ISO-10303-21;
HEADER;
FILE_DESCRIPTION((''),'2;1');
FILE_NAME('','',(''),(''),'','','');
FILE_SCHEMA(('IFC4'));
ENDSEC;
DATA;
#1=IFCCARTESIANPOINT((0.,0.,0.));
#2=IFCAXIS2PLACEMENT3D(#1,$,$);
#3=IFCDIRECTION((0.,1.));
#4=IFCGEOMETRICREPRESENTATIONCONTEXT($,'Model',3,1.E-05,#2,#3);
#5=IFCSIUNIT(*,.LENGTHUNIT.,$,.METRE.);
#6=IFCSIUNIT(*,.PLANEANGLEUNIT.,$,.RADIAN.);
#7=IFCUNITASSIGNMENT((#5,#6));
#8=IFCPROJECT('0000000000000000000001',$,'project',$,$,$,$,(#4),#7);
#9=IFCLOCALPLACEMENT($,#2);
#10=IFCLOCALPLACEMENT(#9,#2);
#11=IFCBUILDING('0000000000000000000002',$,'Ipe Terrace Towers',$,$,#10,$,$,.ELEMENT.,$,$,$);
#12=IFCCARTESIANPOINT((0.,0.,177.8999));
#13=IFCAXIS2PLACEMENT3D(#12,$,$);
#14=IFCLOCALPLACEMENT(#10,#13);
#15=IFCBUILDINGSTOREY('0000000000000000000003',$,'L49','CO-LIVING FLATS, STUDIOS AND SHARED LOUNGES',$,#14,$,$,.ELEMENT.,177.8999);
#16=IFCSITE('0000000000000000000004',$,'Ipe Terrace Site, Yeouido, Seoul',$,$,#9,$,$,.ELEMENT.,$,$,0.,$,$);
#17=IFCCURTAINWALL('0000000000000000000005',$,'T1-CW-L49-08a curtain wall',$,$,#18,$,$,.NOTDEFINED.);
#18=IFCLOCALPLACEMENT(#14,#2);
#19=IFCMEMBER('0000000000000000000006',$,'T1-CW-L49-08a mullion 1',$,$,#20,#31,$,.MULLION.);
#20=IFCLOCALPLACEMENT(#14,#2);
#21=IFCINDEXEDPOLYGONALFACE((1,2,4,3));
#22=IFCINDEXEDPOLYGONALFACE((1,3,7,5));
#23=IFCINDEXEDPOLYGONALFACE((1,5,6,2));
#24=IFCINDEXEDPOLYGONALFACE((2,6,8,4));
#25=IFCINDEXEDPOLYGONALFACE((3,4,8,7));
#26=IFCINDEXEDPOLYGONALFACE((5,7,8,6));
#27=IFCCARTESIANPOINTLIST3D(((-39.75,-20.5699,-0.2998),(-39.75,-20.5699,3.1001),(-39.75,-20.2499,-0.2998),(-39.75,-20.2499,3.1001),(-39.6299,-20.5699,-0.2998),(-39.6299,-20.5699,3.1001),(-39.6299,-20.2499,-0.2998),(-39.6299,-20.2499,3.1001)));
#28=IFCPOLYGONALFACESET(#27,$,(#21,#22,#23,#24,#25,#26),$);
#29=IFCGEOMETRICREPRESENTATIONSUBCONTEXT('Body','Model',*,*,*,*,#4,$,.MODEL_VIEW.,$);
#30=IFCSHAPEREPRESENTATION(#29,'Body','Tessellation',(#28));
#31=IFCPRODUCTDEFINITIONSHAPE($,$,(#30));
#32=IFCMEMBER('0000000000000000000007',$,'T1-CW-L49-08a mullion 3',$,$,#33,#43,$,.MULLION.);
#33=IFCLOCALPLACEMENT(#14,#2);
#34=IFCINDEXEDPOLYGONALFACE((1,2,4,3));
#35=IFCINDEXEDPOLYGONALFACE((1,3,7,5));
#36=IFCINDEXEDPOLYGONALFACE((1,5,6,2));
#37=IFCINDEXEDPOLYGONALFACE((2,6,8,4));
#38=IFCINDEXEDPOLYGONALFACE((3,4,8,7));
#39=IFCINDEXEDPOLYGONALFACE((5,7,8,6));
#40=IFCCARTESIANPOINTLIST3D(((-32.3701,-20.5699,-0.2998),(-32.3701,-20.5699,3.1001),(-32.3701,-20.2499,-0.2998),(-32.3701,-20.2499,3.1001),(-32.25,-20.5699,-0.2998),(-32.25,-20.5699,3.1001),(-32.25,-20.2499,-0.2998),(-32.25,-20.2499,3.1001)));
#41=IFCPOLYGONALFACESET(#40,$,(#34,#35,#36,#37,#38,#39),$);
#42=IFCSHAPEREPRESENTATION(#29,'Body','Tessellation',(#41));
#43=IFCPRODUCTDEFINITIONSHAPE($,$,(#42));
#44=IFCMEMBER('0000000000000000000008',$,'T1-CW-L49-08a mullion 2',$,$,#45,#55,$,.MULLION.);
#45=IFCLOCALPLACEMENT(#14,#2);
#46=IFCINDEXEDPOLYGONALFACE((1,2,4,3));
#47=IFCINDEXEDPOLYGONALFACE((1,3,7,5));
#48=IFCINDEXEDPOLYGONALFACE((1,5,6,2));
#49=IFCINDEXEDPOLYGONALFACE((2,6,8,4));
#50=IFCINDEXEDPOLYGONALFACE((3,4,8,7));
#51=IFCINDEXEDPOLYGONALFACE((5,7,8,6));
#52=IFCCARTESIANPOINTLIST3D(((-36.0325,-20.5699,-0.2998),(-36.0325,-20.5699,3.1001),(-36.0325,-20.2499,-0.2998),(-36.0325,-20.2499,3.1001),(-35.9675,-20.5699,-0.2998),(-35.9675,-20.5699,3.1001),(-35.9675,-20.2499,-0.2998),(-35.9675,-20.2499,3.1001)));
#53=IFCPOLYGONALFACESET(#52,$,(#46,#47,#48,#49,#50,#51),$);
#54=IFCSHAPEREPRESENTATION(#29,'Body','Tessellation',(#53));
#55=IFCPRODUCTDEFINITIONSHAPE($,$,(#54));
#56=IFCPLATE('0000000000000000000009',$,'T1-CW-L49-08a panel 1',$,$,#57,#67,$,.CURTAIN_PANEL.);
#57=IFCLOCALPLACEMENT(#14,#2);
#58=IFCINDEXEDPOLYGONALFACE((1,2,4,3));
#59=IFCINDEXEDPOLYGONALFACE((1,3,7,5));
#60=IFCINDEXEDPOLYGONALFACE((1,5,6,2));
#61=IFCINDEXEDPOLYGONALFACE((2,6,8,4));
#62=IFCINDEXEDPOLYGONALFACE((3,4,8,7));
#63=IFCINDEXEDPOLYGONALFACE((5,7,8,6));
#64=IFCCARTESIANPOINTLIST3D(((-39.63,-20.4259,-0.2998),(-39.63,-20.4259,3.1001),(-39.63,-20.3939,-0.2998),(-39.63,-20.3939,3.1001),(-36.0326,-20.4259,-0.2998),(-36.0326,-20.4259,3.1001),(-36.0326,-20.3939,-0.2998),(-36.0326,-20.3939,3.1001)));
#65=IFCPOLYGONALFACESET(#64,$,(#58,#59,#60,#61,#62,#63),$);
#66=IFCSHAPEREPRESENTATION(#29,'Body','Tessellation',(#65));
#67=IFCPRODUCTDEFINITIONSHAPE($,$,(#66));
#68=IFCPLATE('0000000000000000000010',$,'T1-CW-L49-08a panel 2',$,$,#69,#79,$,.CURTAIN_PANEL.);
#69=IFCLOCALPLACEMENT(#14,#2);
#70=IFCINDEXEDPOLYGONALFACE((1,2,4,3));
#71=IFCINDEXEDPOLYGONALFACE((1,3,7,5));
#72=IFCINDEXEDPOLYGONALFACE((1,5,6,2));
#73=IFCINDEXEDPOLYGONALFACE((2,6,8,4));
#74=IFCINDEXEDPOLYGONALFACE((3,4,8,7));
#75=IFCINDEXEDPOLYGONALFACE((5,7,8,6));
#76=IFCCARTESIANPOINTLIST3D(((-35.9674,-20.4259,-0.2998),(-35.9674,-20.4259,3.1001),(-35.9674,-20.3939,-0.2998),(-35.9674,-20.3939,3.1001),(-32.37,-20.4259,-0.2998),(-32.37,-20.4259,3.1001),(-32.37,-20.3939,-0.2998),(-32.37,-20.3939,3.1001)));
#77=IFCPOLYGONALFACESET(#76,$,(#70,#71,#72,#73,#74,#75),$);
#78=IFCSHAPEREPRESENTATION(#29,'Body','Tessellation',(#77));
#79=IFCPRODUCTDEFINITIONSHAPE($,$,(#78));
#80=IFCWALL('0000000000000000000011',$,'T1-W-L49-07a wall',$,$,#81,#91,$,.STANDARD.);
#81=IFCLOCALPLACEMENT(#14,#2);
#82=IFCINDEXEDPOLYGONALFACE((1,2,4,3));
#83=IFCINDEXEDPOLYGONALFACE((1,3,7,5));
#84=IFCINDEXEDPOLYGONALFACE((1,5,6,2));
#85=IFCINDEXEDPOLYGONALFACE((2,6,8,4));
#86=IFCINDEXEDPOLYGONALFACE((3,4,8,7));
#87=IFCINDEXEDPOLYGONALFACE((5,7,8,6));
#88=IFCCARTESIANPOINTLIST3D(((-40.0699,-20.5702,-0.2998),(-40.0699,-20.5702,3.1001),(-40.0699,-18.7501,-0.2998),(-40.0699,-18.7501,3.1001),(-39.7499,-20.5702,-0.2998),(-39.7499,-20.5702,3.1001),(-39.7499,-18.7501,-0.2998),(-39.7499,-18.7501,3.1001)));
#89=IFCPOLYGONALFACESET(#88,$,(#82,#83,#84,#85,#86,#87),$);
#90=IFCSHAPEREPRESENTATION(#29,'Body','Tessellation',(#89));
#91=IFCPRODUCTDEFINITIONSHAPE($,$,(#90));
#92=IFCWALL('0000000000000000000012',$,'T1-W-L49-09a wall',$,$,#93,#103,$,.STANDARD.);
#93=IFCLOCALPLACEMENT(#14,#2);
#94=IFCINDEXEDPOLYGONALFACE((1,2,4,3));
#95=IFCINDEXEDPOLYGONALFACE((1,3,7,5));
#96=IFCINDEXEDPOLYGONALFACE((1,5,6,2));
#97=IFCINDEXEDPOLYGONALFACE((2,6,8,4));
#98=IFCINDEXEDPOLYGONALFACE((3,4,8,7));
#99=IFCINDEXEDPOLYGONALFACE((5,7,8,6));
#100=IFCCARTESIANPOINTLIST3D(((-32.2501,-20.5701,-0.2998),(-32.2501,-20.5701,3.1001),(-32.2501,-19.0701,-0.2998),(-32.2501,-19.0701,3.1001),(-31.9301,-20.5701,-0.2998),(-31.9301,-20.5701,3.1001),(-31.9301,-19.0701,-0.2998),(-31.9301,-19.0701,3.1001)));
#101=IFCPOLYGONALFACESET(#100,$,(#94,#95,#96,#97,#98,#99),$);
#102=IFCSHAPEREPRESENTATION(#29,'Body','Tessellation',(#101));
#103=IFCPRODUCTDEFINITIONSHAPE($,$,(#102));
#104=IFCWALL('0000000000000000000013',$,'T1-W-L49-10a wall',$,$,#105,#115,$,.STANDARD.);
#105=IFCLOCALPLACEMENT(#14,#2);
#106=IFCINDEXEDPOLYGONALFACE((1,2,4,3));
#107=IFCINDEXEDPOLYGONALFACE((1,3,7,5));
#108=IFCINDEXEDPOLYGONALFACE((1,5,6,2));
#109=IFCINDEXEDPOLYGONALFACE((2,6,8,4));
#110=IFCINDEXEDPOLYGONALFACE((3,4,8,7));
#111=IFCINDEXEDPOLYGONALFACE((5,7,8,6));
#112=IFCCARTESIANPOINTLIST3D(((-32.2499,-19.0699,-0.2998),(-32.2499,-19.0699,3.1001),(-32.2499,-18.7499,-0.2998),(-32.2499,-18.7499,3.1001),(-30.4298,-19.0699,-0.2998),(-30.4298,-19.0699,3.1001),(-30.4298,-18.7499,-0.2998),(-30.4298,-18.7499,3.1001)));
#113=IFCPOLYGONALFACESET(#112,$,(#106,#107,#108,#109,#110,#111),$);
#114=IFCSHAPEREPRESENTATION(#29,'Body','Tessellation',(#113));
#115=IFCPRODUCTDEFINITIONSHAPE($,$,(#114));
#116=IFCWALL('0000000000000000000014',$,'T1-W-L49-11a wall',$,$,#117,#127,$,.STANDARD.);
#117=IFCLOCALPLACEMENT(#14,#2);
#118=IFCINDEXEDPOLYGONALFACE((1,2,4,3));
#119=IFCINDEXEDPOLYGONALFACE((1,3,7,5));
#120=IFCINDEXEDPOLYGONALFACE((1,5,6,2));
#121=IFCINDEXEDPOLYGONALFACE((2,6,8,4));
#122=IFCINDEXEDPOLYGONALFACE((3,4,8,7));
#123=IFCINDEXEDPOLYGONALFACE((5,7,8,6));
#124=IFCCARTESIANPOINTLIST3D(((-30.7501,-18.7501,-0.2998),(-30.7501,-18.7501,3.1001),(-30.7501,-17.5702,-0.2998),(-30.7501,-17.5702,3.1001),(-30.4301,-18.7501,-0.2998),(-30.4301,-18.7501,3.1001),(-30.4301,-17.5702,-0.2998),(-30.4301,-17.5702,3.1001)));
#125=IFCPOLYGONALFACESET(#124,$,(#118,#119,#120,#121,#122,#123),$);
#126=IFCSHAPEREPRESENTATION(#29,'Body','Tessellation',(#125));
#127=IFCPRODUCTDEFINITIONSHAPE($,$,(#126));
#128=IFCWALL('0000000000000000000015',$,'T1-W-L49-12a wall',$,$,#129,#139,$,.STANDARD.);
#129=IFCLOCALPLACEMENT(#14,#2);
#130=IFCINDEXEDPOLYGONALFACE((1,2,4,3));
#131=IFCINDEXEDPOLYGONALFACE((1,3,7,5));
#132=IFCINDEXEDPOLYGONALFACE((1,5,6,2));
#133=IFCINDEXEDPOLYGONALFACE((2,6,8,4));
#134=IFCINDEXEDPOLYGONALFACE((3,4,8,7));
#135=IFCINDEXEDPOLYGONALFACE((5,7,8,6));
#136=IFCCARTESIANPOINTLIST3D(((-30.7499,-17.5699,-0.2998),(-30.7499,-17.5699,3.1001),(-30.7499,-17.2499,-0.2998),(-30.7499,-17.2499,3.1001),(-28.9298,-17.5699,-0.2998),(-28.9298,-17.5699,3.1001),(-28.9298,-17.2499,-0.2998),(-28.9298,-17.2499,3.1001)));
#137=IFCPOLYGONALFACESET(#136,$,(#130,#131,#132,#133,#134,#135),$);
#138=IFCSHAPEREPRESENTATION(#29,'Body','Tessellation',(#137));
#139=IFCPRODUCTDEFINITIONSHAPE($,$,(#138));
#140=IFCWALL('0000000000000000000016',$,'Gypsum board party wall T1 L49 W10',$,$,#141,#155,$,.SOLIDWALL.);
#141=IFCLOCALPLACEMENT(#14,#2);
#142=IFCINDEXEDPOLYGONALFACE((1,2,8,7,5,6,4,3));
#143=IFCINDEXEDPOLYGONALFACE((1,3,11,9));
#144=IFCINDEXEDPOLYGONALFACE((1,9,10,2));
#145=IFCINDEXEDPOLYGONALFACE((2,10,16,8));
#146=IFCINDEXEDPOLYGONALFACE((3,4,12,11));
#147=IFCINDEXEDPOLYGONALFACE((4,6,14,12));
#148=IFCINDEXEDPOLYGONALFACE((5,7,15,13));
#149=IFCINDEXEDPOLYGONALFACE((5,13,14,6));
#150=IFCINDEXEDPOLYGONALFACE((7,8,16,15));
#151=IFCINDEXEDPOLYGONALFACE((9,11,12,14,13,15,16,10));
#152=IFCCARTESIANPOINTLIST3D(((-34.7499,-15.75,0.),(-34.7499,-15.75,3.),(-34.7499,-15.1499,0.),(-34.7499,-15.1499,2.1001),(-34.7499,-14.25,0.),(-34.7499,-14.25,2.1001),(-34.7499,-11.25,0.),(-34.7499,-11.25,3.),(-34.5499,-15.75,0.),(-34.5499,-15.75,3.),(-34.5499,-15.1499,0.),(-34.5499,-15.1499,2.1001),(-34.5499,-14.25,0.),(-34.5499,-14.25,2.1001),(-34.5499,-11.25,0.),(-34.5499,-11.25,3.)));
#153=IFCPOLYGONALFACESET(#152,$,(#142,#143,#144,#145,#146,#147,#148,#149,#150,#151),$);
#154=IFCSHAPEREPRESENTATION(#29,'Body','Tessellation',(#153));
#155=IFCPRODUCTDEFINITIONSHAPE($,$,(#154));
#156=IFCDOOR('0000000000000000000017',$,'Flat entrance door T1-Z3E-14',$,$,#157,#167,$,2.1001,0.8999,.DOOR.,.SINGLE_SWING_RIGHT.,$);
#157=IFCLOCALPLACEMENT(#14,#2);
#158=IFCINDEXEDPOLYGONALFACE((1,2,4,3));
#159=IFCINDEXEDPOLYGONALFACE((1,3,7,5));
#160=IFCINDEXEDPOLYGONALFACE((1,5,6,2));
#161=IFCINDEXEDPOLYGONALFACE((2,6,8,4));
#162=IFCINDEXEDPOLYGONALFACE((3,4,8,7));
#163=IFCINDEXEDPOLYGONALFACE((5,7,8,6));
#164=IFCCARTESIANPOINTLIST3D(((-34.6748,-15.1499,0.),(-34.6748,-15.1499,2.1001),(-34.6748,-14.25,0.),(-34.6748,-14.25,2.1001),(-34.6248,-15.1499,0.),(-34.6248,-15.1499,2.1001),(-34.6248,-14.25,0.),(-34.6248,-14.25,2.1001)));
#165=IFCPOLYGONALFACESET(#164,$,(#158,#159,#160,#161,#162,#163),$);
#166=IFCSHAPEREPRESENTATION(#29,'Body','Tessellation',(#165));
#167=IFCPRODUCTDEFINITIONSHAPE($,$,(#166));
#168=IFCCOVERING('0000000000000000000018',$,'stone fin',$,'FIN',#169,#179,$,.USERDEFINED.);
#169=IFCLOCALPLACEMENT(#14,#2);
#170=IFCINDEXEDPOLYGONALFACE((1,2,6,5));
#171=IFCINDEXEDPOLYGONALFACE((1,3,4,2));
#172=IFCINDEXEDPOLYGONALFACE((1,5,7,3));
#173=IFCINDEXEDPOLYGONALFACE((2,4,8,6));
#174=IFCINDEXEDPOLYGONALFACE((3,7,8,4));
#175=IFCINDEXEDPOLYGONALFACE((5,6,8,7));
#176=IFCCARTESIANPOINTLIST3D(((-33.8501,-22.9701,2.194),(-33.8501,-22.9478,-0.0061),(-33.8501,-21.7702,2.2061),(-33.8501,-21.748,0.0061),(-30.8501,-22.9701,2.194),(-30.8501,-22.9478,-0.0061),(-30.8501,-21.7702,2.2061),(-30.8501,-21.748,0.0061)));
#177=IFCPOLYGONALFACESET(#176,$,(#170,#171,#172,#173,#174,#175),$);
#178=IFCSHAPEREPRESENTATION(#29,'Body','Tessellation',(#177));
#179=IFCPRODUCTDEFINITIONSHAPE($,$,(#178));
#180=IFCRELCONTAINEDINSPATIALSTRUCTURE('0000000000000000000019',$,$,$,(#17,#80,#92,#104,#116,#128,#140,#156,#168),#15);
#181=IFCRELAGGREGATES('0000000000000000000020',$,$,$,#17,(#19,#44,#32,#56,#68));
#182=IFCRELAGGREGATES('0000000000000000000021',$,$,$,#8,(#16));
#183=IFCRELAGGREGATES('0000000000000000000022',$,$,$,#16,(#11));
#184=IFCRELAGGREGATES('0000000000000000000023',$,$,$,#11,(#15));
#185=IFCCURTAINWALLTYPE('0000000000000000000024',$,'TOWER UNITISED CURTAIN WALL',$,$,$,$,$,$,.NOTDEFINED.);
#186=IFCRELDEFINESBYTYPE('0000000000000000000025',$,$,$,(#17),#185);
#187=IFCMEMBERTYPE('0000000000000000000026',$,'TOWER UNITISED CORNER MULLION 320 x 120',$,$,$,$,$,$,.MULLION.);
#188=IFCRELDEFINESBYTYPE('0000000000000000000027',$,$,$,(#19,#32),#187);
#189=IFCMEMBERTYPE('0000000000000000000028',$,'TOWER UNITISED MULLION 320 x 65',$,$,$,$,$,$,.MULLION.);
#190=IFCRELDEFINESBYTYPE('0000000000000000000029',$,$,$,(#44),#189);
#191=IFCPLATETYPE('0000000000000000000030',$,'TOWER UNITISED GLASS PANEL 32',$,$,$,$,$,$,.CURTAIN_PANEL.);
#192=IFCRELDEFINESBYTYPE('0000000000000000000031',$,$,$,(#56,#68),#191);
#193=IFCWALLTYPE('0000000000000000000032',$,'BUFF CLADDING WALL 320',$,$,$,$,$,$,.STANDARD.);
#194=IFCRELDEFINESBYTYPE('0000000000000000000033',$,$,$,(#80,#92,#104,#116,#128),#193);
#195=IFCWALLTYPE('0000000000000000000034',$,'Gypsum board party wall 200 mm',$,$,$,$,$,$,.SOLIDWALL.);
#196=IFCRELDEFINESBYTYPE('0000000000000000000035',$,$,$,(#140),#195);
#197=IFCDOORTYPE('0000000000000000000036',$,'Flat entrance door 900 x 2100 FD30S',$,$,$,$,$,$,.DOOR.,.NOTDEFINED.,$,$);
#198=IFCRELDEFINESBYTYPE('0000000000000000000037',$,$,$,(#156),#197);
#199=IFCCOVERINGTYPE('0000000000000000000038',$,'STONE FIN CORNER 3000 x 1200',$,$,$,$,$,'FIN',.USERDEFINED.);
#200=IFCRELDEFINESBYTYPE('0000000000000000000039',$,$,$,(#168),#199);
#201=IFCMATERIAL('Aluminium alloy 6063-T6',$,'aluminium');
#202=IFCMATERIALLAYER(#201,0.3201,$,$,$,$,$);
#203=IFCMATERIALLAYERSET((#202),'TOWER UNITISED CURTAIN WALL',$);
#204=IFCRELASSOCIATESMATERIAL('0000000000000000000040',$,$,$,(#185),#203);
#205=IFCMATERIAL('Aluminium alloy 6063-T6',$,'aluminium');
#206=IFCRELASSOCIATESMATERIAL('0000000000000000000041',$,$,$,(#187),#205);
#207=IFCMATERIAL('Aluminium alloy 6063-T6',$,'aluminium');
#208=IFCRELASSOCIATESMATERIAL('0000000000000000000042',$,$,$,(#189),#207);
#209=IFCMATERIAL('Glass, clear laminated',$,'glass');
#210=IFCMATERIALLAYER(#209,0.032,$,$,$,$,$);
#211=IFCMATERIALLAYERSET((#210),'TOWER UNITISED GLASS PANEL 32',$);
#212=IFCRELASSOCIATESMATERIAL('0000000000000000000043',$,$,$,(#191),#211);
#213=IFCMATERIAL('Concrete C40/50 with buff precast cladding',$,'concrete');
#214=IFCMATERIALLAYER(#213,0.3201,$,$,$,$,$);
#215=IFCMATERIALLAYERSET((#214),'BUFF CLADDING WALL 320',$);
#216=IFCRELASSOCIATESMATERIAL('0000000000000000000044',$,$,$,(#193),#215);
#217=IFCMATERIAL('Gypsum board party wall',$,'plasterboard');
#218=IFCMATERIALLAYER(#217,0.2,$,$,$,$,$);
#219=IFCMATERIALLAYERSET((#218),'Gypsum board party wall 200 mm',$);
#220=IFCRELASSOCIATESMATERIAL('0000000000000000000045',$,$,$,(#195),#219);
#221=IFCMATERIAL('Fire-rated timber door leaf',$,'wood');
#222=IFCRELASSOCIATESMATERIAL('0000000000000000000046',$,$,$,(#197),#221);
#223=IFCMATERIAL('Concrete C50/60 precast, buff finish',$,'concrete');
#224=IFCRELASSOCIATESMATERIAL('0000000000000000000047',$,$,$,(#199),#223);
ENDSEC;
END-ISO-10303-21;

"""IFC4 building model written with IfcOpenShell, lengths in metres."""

from ifc_helpers import new_model, si_unit, direction, frame, frame_2d, origin, origin_2d, place, context, subcontext, project, spatial, rectangle, extrude, material, layer, layer_set, material_profile, profile_set, type_object, element, fill, aggregate, save


model = new_model("IFC4")

# Units and contexts
model_context = context("Model", 3, precision=1e-05, world=origin(), true_north=direction((0.0, 1.0)))
body_context = subcontext(model_context, "Body", "Model", "MODEL_VIEW")
ifc_project = project(units=[si_unit("LENGTHUNIT", "METRE"), si_unit("PLANEANGLEUNIT", "RADIAN")], contexts=[model_context])

# Site, building, storey
site_placement = place(None, origin())
site = spatial("IfcSite", under=ifc_project, at=site_placement, Name="Ipe Terrace Site, Yeouido, Seoul", CompositionType="ELEMENT", RefElevation=0.0)
building_placement = place(site_placement, origin())
building = spatial("IfcBuilding", under=site, at=building_placement, Name="Ipe Terrace Towers", CompositionType="ELEMENT")
storey_placement = place(building_placement, frame((0.0, 0.0, 177.8999)))
storey = spatial("IfcBuildingStorey", under=building, at=storey_placement, Name="L49", Description="CO-LIVING FLATS, STUDIOS AND SHARED LOUNGES", CompositionType="ELEMENT", Elevation=177.8999)

# Curtain wall, members, plates
ifc_material_1 = material(Name="Aluminium alloy 6063-T6", Category="aluminium")
ifc_layer_1 = layer(ifc_material_1, 0.3201)
ifc_layer_set_1 = layer_set([ifc_layer_1], Name="TOWER UNITISED CURTAIN WALL")
curtain_wall_type = type_object("IfcCurtainWallType", Name="TOWER UNITISED CURTAIN WALL", PredefinedType="NOTDEFINED", material=ifc_layer_set_1)
curtain_wall_placement = place(storey_placement, origin())
curtain_wall = element("IfcCurtainWall", 1, at=curtain_wall_placement, inside=storey, type_object=curtain_wall_type, Name="T1-CW-L49-08a curtain wall", PredefinedType="NOTDEFINED")
ifc_material_2 = material(Name="Aluminium alloy 6063-T6", Category="aluminium")
ifc_material_profile_1 = material_profile(ifc_material_2, rectangle(XDim=0.3201, YDim=0.1201, at=origin_2d()), Name="TOWER UNITISED CORNER MULLION 320 x 120")
ifc_profile_set_1 = profile_set([ifc_material_profile_1], Name="Aluminium alloy 6063-T6")
member_type_1 = type_object("IfcMemberType", Name="TOWER UNITISED CORNER MULLION 320 x 120", PredefinedType="MULLION", material=ifc_profile_set_1)
member_1_placement = place(storey_placement, frame((-39.6899, -20.4099, -0.2998), z_axis=(0.0, 0.0, 1.0), x_axis=(0.0, -1.0, 0.0)))
member_1 = element("IfcMember", 2, at=member_1_placement, type_object=member_type_1, Name="T1-CW-L49-08a mullion 1", PredefinedType="MULLION", context=body_context, shape_type="SweptSolid", body=[
    extrude(rectangle(XDim=0.3201, YDim=0.1201, at=origin_2d()), origin(), (0.0, 0.0, 1.0), 3.3999),
])
member_2_placement = place(storey_placement, frame((-32.3101, -20.4099, -0.2998), z_axis=(0.0, 0.0, 1.0), x_axis=(0.0, -1.0, 0.0)))
member_2 = element("IfcMember", 3, at=member_2_placement, type_object=member_type_1, Name="T1-CW-L49-08a mullion 3", PredefinedType="MULLION", context=body_context, shape_type="SweptSolid", body=[
    extrude(rectangle(XDim=0.3201, YDim=0.1201, at=origin_2d()), origin(), (0.0, 0.0, 1.0), 3.3999),
])
ifc_material_3 = material(Name="Aluminium alloy 6063-T6", Category="aluminium")
ifc_material_profile_2 = material_profile(ifc_material_3, rectangle(XDim=0.3201, YDim=0.0649, at=origin_2d()), Name="TOWER UNITISED MULLION 320 x 65")
ifc_profile_set_2 = profile_set([ifc_material_profile_2], Name="Aluminium alloy 6063-T6")
member_type_2 = type_object("IfcMemberType", Name="TOWER UNITISED MULLION 320 x 65", PredefinedType="MULLION", material=ifc_profile_set_2)
member_3_placement = place(storey_placement, frame((-36.0, -20.4099, -0.2998), z_axis=(0.0, 0.0, 1.0), x_axis=(0.0, -1.0, 0.0)))
member_3 = element("IfcMember", 4, at=member_3_placement, type_object=member_type_2, Name="T1-CW-L49-08a mullion 2", PredefinedType="MULLION", context=body_context, shape_type="SweptSolid", body=[
    extrude(rectangle(XDim=0.3201, YDim=0.0649, at=origin_2d()), origin(), (0.0, 0.0, 1.0), 3.3999),
])
ifc_material_4 = material(Name="Glass, clear laminated", Category="glass")
ifc_layer_2 = layer(ifc_material_4, 0.032)
ifc_layer_set_2 = layer_set([ifc_layer_2], Name="TOWER UNITISED GLASS PANEL 32")
plate_type = type_object("IfcPlateType", Name="TOWER UNITISED GLASS PANEL 32", PredefinedType="CURTAIN_PANEL", material=ifc_layer_set_2)
plate_1_placement = place(storey_placement, frame((-37.8313, -20.4099, -0.2998), z_axis=(0.0, 0.0, 1.0), x_axis=(1.0, 0.0, 0.0)))
plate_1 = element("IfcPlate", 5, at=plate_1_placement, type_object=plate_type, Name="T1-CW-L49-08a panel 1", PredefinedType="CURTAIN_PANEL", context=body_context, shape_type="SweptSolid", body=[
    extrude(rectangle(XDim=3.5974, YDim=0.032, at=origin_2d()), origin(), (0.0, 0.0, 1.0), 3.3999),
])
plate_2_placement = place(storey_placement, frame((-34.1687, -20.4099, -0.2998), z_axis=(0.0, 0.0, 1.0), x_axis=(1.0, 0.0, 0.0)))
plate_2 = element("IfcPlate", 6, at=plate_2_placement, type_object=plate_type, Name="T1-CW-L49-08a panel 2", PredefinedType="CURTAIN_PANEL", context=body_context, shape_type="SweptSolid", body=[
    extrude(rectangle(XDim=3.5974, YDim=0.032, at=origin_2d()), origin(), (0.0, 0.0, 1.0), 3.3999),
])
aggregate(curtain_wall, [member_1, member_3, member_2, plate_1, plate_2])

# Walls
ifc_material_5 = material(Name="Concrete C40/50 with buff precast cladding", Category="concrete")
ifc_layer_3 = layer(ifc_material_5, 0.3201)
ifc_layer_set_3 = layer_set([ifc_layer_3], Name="BUFF CLADDING WALL 320")
wall_type_1 = type_object("IfcWallType", Name="BUFF CLADDING WALL 320", PredefinedType="STANDARD", material=ifc_layer_set_3)
wall_1_placement = place(storey_placement, frame((-39.9099, -18.75, -0.2998), z_axis=(0.0, 0.0, 1.0), x_axis=(0.0, -1.0, 0.0)))
element("IfcWall", 7, at=wall_1_placement, inside=storey, type_object=wall_type_1, Name="T1-W-L49-07a wall", PredefinedType="STANDARD", context=body_context, shape_type="SweptSolid", body=[
    extrude(rectangle(XDim=1.8201, YDim=0.3201, at=frame_2d((0.9102, 0.0))), origin(), (0.0, 0.0, 1.0), 3.3999),
])
wall_2_placement = place(storey_placement, frame((-32.0901, -20.5701, -0.2998), z_axis=(0.0, 0.0, 1.0), x_axis=(0.0, 1.0, 0.0)))
element("IfcWall", 8, at=wall_2_placement, inside=storey, type_object=wall_type_1, Name="T1-W-L49-09a wall", PredefinedType="STANDARD", context=body_context, shape_type="SweptSolid", body=[
    extrude(rectangle(XDim=1.5, YDim=0.3201, at=frame_2d((0.75, 0.0))), origin(), (0.0, 0.0, 1.0), 3.3999),
])
wall_3_placement = place(storey_placement, frame((-32.25, -18.9099, -0.2998), z_axis=(0.0, 0.0, 1.0), x_axis=(1.0, 0.0, 0.0)))
element("IfcWall", 9, at=wall_3_placement, inside=storey, type_object=wall_type_1, Name="T1-W-L49-10a wall", PredefinedType="STANDARD", context=body_context, shape_type="SweptSolid", body=[
    extrude(rectangle(XDim=1.8201, YDim=0.3201, at=frame_2d((0.9102, 0.0))), origin(), (0.0, 0.0, 1.0), 3.3999),
])
wall_4_placement = place(storey_placement, frame((-30.5901, -18.75, -0.2998), z_axis=(0.0, 0.0, 1.0), x_axis=(0.0, 1.0, 0.0)))
element("IfcWall", 10, at=wall_4_placement, inside=storey, type_object=wall_type_1, Name="T1-W-L49-11a wall", PredefinedType="STANDARD", context=body_context, shape_type="SweptSolid", body=[
    extrude(rectangle(XDim=1.1799, YDim=0.3201, at=frame_2d((0.5898, 0.0))), origin(), (0.0, 0.0, 1.0), 3.3999),
])
wall_5_placement = place(storey_placement, frame((-30.75, -17.4099, -0.2998), z_axis=(0.0, 0.0, 1.0), x_axis=(1.0, 0.0, 0.0)))
element("IfcWall", 11, at=wall_5_placement, inside=storey, type_object=wall_type_1, Name="T1-W-L49-12a wall", PredefinedType="STANDARD", context=body_context, shape_type="SweptSolid", body=[
    extrude(rectangle(XDim=1.8201, YDim=0.3201, at=frame_2d((0.9102, 0.0))), origin(), (0.0, 0.0, 1.0), 3.3999),
])

# Wall, opening, door
ifc_material_6 = material(Name="Gypsum board party wall", Category="plasterboard")
ifc_layer_4 = layer(ifc_material_6, 0.2)
ifc_layer_set_4 = layer_set([ifc_layer_4], Name="Gypsum board party wall 200 mm")
wall_type_2 = type_object("IfcWallType", Name="Gypsum board party wall 200 mm", PredefinedType="SOLIDWALL", material=ifc_layer_set_4)
wall_6_placement = place(storey_placement, frame((-34.6499, -15.75, 0.0), z_axis=(0.0, 0.0, 1.0), x_axis=(0.0, 1.0, 0.0)))
wall_6 = element("IfcWall", 12, at=wall_6_placement, inside=storey, type_object=wall_type_2, Name="Gypsum board party wall T1 L49 W10", PredefinedType="SOLIDWALL", context=body_context, shape_type="SweptSolid", body=[
    extrude(rectangle(XDim=4.5, YDim=0.2, at=frame_2d((2.25, 0.0))), origin(), (0.0, 0.0, 1.0), 3.0),
])
opening_placement = place(wall_6_placement, frame((0.6001, 0.0, 0.0)))
opening = element("IfcOpeningElement", 13, at=opening_placement, cuts=wall_6, PredefinedType="OPENING", context=body_context, shape_type="SweptSolid", body=[
    extrude(rectangle(XDim=0.8999, YDim=2.1001, at=frame_2d((0.45, 1.05))), frame((0.0, 0.1099, 0.0), z_axis=(0.0, -1.0, 0.0), x_axis=(1.0, 0.0, 0.0)), (0.0, 0.0, 1.0), 0.22),
])
ifc_material_7 = material(Name="Fire-rated timber door leaf", Category="wood")
door_type = type_object("IfcDoorType", Name="Flat entrance door 900 x 2100 FD30S", OperationType="NOTDEFINED", PredefinedType="DOOR", material=ifc_material_7)
door_placement = place(opening_placement, origin())
door = element("IfcDoor", 14, at=door_placement, inside=storey, type_object=door_type, Name="Flat entrance door T1-Z3E-14", OperationType="SINGLE_SWING_RIGHT", OverallHeight=2.1001, OverallWidth=0.8999, PredefinedType="DOOR", context=body_context, shape_type="SweptSolid", body=[
    extrude(rectangle(XDim=0.8999, YDim=2.1001, at=frame_2d((0.45, 1.05))), frame((0.0, 0.0249, 0.0), z_axis=(0.0, -1.0, 0.0), x_axis=(1.0, 0.0, 0.0)), (0.0, 0.0, 1.0), 0.05),
])
fill(opening, door)

# Covering
ifc_material_8 = material(Name="Concrete C50/60 precast, buff finish", Category="concrete")
ifc_material_profile_3 = material_profile(ifc_material_8, rectangle(XDim=3.0, YDim=1.2, at=origin_2d()), Name="STONE FIN CORNER 3000 x 1200")
ifc_profile_set_3 = profile_set([ifc_material_profile_3], Name="Concrete C50/60 precast, buff finish")
covering_type_1 = type_object("IfcCoveringType", Name="STONE FIN CORNER 3000 x 1200", ElementType="FIN", PredefinedType="USERDEFINED", material=ifc_profile_set_3)
for number, where, z_axis, x_axis, name in (
    (15, (-32.3501, -22.3479, 0.0), (0.0, -0.010097, 0.999949), (1.0, 0.0, 0.0), "stone fin"),
):
    element("IfcCovering", number, at=place(storey_placement, frame(where, z_axis=z_axis, x_axis=x_axis)), inside=storey, type_object=covering_type_1, Name=name, ObjectType="FIN", PredefinedType="USERDEFINED", context=body_context, shape_type="SweptSolid", body=[
        extrude(rectangle(XDim=3.0, YDim=1.2, at=origin_2d()), origin(), (0.0, 0.0, 1.0), 2.2002),
    ])

save(model, "model.ifc")
